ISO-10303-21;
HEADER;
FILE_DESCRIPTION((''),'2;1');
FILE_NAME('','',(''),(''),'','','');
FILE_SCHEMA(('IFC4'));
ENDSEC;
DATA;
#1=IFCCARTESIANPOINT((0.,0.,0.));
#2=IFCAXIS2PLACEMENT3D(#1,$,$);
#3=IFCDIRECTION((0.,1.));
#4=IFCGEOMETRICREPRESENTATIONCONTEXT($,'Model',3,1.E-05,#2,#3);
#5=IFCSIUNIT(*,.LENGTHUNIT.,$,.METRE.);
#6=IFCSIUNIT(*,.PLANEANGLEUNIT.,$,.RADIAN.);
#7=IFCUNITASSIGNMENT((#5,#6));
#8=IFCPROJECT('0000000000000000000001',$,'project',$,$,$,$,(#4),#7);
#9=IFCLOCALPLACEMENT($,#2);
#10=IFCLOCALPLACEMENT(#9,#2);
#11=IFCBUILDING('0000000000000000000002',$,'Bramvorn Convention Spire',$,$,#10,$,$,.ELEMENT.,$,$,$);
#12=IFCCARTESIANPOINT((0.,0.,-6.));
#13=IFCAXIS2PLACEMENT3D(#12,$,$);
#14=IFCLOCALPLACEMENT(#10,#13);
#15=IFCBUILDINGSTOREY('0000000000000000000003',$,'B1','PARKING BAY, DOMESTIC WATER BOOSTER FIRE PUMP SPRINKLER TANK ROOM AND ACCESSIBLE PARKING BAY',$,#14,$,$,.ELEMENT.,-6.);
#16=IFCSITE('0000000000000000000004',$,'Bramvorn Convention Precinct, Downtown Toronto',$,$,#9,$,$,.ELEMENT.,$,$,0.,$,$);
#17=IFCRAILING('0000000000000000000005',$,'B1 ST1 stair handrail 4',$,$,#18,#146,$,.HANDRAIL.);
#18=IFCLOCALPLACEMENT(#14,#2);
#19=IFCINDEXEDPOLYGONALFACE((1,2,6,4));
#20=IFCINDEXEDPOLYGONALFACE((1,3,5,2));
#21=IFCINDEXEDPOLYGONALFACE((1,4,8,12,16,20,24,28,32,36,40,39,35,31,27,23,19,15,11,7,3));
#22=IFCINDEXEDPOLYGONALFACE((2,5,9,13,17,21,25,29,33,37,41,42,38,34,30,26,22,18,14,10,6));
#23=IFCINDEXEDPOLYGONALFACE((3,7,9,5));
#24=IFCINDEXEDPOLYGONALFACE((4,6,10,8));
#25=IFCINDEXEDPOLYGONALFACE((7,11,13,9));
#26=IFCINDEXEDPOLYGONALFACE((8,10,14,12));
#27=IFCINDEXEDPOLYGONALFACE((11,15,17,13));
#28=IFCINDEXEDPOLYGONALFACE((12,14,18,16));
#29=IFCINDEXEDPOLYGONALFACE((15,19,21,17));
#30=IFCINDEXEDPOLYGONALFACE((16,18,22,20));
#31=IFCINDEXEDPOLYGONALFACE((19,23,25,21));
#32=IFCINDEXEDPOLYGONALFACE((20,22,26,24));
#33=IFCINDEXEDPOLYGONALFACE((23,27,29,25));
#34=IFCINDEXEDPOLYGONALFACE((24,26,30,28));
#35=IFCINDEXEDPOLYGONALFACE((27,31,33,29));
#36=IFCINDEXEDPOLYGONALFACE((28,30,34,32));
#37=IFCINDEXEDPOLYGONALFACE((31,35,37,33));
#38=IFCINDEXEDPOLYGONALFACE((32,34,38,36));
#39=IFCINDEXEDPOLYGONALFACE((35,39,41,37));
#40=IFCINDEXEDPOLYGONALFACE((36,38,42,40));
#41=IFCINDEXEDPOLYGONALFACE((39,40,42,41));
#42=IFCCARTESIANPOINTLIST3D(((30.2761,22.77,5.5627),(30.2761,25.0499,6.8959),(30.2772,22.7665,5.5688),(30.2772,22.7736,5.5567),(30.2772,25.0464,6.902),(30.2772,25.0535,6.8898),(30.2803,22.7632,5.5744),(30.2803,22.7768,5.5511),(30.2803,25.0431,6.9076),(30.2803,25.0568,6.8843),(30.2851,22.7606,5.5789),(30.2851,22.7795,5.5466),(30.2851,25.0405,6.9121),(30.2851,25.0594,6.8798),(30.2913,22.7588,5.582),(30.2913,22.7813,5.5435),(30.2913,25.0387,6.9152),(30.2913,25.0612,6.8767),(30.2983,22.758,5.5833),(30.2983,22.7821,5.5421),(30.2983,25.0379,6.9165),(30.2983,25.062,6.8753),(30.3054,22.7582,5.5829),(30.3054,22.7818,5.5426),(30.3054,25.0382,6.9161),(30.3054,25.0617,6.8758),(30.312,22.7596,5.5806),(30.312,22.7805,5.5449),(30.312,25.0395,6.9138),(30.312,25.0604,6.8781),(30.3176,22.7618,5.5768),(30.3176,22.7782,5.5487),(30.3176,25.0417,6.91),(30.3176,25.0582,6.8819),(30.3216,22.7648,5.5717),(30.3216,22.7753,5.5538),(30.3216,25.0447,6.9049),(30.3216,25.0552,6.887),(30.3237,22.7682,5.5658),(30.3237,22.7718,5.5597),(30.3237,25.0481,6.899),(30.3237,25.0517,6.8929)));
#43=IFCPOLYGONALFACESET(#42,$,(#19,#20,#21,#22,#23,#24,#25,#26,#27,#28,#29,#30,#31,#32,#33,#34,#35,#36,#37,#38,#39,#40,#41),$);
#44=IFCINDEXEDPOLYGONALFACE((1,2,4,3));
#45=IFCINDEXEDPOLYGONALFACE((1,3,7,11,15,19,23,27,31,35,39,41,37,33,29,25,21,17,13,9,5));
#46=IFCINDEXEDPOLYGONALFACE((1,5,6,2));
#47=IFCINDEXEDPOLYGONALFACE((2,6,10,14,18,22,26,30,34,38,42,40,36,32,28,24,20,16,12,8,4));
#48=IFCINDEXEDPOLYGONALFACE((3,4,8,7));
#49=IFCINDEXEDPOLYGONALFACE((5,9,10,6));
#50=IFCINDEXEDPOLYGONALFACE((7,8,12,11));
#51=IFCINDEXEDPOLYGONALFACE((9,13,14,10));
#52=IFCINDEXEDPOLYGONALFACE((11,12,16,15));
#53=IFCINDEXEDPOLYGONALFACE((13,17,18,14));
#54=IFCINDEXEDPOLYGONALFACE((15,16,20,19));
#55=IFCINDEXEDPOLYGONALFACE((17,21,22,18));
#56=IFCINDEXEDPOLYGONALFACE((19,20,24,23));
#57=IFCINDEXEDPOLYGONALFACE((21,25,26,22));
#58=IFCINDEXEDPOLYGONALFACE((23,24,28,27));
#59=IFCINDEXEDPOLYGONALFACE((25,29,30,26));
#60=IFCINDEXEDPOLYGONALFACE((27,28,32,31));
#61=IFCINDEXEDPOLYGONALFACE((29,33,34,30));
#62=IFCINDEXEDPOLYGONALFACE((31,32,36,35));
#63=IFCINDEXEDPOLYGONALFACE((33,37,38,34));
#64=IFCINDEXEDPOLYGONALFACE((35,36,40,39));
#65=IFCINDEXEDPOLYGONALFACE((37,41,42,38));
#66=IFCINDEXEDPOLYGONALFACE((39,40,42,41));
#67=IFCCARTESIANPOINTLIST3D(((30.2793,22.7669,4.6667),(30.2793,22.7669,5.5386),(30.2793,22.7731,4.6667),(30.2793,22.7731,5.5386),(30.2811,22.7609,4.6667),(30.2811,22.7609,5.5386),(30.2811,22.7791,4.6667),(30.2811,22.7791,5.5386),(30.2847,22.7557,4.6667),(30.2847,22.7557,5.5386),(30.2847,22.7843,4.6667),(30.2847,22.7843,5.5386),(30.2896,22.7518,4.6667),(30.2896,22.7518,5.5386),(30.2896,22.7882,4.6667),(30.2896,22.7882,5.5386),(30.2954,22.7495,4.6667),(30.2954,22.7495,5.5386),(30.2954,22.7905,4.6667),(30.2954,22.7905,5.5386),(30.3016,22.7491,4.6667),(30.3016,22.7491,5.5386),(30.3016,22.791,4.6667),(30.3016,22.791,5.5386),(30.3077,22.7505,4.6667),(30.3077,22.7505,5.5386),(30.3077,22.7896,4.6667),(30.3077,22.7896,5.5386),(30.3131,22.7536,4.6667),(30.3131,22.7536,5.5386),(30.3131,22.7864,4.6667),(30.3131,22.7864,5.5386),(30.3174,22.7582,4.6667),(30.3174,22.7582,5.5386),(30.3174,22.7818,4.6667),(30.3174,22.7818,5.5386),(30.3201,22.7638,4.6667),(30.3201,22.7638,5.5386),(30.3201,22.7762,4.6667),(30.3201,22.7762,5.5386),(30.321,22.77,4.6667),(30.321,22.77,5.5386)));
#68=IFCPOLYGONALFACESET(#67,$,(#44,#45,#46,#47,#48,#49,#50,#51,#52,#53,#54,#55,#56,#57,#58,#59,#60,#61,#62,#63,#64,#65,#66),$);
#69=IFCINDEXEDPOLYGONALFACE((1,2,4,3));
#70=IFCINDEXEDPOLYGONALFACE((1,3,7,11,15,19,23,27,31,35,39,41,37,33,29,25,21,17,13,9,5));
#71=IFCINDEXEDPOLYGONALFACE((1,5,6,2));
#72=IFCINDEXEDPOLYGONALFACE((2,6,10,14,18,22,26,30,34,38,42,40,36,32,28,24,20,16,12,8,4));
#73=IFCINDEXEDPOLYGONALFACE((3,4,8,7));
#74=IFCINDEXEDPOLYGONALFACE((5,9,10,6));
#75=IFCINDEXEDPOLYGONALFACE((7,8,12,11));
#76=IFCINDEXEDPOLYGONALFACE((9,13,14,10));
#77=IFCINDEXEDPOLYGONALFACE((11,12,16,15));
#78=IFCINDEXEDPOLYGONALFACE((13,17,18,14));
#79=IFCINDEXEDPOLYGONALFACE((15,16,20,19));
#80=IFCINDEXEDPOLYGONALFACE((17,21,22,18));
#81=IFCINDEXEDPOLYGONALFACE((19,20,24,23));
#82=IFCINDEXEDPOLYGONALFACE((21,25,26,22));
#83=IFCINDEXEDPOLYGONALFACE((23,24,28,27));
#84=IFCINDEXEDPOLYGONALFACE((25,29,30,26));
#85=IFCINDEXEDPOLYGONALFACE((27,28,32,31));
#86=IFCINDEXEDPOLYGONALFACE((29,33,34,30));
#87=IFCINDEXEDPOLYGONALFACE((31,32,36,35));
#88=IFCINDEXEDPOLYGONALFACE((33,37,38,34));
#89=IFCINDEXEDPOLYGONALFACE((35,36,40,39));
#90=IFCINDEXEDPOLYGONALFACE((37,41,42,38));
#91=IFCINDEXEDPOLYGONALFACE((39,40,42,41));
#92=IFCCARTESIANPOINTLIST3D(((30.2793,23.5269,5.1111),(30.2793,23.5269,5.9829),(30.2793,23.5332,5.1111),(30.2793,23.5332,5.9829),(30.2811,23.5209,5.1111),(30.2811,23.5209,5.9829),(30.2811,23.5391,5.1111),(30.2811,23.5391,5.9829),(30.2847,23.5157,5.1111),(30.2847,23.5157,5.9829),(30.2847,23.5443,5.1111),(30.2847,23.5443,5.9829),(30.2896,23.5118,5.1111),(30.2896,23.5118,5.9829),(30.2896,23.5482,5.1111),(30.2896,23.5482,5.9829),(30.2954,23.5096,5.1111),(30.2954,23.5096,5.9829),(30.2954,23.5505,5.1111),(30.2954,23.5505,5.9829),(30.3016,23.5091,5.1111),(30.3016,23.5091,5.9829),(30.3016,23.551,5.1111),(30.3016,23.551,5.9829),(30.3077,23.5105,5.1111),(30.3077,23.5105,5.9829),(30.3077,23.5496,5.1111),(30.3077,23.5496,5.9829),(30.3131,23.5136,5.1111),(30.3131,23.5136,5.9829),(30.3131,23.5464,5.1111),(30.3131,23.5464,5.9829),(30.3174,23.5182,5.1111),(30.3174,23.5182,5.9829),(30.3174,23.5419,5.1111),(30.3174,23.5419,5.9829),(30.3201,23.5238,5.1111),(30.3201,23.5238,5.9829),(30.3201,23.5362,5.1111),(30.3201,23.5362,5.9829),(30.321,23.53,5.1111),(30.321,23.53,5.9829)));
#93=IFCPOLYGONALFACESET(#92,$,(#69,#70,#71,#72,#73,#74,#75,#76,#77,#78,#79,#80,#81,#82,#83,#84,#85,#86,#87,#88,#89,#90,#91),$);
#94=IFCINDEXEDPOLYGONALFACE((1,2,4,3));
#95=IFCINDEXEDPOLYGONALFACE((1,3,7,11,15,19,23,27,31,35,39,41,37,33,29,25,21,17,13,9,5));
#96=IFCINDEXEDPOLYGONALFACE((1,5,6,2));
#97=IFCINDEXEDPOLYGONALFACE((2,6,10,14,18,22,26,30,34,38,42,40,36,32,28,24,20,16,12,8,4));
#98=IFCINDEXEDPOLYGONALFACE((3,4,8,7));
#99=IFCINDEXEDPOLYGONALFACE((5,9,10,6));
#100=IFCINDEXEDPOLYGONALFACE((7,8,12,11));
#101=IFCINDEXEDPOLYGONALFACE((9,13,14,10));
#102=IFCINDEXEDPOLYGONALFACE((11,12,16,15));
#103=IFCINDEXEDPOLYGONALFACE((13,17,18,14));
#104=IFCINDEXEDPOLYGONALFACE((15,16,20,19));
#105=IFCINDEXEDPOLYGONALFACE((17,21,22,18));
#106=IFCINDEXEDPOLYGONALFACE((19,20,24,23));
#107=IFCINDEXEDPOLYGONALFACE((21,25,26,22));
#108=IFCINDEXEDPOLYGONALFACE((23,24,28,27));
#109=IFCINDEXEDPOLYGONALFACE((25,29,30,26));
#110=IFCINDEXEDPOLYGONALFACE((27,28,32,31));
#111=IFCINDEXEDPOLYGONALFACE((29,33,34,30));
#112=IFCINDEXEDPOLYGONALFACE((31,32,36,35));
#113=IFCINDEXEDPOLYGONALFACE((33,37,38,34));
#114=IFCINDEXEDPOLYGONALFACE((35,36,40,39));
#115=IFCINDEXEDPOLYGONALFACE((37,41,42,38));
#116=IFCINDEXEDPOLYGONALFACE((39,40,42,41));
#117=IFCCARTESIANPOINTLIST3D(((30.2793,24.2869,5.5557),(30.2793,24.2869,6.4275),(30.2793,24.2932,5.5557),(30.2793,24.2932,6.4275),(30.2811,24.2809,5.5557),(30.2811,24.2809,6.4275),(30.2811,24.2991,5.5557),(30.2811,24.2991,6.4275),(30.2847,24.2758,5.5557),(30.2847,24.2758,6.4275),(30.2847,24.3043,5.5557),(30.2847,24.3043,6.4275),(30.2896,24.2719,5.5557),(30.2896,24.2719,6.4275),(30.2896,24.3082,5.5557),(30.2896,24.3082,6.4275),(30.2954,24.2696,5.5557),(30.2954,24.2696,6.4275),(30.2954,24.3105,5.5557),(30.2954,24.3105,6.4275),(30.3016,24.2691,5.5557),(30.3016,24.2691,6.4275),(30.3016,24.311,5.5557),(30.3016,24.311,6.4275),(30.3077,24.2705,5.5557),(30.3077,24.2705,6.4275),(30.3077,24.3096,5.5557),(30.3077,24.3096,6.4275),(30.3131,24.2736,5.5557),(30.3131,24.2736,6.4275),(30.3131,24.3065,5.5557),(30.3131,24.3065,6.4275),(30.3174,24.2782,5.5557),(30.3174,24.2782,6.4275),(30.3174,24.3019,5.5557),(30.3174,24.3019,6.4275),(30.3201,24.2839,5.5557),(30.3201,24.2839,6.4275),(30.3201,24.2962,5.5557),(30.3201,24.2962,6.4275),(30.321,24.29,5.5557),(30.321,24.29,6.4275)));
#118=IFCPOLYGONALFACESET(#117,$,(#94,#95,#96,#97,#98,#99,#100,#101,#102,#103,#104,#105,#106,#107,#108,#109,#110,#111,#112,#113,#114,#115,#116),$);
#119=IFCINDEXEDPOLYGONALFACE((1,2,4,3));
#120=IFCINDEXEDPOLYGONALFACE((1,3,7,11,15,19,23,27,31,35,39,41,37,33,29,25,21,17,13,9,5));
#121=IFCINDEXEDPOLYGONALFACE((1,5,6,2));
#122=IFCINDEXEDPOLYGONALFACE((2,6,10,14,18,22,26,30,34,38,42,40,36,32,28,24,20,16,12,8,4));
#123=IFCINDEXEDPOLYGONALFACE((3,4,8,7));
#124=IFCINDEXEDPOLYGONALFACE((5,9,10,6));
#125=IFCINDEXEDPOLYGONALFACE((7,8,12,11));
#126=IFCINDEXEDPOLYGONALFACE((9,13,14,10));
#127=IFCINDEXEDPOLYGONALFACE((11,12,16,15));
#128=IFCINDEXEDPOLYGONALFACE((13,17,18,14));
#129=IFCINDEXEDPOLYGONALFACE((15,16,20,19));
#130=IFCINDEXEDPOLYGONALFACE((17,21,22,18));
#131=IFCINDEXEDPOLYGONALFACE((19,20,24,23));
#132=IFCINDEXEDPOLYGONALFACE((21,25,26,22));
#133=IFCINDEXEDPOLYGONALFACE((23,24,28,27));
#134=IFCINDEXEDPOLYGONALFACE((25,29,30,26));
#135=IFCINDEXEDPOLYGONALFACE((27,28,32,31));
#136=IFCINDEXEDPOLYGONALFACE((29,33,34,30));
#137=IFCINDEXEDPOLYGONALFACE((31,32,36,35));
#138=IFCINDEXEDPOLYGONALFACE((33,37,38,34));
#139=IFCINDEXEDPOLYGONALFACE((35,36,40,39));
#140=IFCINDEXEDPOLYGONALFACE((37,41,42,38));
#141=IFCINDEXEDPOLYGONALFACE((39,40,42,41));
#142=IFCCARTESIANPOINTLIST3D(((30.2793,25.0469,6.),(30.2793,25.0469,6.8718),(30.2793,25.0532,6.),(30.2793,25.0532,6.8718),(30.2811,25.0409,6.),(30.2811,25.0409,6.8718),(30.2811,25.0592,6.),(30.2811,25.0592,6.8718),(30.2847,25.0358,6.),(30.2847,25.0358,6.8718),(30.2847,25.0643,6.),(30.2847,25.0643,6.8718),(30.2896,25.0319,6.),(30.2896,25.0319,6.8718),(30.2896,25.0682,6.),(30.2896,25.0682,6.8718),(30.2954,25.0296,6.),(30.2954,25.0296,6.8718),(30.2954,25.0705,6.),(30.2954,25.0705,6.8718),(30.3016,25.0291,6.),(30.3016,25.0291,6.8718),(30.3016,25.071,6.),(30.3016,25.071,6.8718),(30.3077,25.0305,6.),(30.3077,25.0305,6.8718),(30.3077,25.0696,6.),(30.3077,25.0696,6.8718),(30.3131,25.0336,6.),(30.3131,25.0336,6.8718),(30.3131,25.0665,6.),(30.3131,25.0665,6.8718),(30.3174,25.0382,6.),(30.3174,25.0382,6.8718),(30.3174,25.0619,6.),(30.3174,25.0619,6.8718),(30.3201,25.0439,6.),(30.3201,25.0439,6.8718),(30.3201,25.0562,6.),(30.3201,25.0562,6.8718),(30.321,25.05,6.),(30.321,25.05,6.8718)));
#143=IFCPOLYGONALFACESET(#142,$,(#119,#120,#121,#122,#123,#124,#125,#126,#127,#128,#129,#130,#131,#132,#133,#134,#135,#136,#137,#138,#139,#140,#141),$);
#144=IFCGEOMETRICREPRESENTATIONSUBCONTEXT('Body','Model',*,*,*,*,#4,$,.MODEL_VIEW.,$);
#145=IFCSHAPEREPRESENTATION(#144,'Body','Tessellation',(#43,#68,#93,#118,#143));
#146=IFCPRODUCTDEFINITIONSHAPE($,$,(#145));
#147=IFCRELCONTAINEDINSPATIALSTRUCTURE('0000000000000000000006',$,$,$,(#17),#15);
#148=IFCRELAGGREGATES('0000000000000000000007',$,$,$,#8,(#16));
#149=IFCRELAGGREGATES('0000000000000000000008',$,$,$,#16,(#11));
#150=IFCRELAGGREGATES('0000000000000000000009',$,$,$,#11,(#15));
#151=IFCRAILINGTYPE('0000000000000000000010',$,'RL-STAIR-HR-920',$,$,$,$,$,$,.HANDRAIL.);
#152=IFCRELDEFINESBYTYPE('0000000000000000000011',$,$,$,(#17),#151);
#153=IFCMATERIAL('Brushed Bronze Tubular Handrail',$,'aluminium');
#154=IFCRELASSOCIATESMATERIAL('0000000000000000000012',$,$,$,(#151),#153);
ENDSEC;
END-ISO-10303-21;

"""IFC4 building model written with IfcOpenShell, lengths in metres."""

from ifc_helpers import new_model, si_unit, direction, frame, origin, origin_2d, place, context, subcontext, project, spatial, circle, extrude, material, type_object, element, save


model = new_model("IFC4")

# Units and contexts
model_context = context("Model", 3, precision=1e-05, world=origin(), true_north=direction((0.0, 1.0)))
body_context = subcontext(model_context, "Body", "Model", "MODEL_VIEW")
ifc_project = project(units=[si_unit("LENGTHUNIT", "METRE"), si_unit("PLANEANGLEUNIT", "RADIAN")], contexts=[model_context])

# Site, building, storey
site_placement = place(None, origin())
site = spatial("IfcSite", under=ifc_project, at=site_placement, Name="Bramvorn Convention Precinct, Downtown Toronto", CompositionType="ELEMENT", RefElevation=0.0)
building_placement = place(site_placement, origin())
building = spatial("IfcBuilding", under=site, at=building_placement, Name="Bramvorn Convention Spire", CompositionType="ELEMENT")
storey_placement = place(building_placement, frame((0.0, 0.0, -6.0)))
storey = spatial("IfcBuildingStorey", under=building, at=storey_placement, Name="B1", Description="PARKING BAY, DOMESTIC WATER BOOSTER FIRE PUMP SPRINKLER TANK ROOM AND ACCESSIBLE PARKING BAY", CompositionType="ELEMENT", Elevation=-6.0)

# Railing
ifc_material_1 = material(Name="Brushed Bronze Tubular Handrail", Category="aluminium")
railing_type_1 = type_object("IfcRailingType", Name="RL-STAIR-HR-920", PredefinedType="HANDRAIL", material=ifc_material_1)
railing_1_placement = place(storey_placement, frame((30.3, 22.77, 4.6667)))
element("IfcRailing", 1, at=railing_1_placement, inside=storey, type_object=railing_type_1, Name="B1 ST1 stair handrail 4", PredefinedType="HANDRAIL", context=body_context, shape_type="SweptSolid", body=[
    extrude(circle(Radius=0.0239, at=origin_2d()), frame((0.0, 0.0, 0.896), z_axis=(0.0, 0.863245, 0.504785), x_axis=(-1.0, 0.0, 0.0)), (0.0, 0.0, 1.0), 2.6411),
    extrude(circle(Radius=0.021, at=origin_2d()), origin(), (0.0, 0.0, 1.0), 0.8718),
    extrude(circle(Radius=0.021, at=origin_2d()), frame((0.0, 0.76, 0.4443)), (0.0, 0.0, 1.0), 0.8718),
    extrude(circle(Radius=0.021, at=origin_2d()), frame((0.0, 1.52, 0.8889)), (0.0, 0.0, 1.0), 0.8718),
    extrude(circle(Radius=0.021, at=origin_2d()), frame((0.0, 2.28, 1.3333)), (0.0, 0.0, 1.0), 0.8718),
])

save(model, "model.ifc")
